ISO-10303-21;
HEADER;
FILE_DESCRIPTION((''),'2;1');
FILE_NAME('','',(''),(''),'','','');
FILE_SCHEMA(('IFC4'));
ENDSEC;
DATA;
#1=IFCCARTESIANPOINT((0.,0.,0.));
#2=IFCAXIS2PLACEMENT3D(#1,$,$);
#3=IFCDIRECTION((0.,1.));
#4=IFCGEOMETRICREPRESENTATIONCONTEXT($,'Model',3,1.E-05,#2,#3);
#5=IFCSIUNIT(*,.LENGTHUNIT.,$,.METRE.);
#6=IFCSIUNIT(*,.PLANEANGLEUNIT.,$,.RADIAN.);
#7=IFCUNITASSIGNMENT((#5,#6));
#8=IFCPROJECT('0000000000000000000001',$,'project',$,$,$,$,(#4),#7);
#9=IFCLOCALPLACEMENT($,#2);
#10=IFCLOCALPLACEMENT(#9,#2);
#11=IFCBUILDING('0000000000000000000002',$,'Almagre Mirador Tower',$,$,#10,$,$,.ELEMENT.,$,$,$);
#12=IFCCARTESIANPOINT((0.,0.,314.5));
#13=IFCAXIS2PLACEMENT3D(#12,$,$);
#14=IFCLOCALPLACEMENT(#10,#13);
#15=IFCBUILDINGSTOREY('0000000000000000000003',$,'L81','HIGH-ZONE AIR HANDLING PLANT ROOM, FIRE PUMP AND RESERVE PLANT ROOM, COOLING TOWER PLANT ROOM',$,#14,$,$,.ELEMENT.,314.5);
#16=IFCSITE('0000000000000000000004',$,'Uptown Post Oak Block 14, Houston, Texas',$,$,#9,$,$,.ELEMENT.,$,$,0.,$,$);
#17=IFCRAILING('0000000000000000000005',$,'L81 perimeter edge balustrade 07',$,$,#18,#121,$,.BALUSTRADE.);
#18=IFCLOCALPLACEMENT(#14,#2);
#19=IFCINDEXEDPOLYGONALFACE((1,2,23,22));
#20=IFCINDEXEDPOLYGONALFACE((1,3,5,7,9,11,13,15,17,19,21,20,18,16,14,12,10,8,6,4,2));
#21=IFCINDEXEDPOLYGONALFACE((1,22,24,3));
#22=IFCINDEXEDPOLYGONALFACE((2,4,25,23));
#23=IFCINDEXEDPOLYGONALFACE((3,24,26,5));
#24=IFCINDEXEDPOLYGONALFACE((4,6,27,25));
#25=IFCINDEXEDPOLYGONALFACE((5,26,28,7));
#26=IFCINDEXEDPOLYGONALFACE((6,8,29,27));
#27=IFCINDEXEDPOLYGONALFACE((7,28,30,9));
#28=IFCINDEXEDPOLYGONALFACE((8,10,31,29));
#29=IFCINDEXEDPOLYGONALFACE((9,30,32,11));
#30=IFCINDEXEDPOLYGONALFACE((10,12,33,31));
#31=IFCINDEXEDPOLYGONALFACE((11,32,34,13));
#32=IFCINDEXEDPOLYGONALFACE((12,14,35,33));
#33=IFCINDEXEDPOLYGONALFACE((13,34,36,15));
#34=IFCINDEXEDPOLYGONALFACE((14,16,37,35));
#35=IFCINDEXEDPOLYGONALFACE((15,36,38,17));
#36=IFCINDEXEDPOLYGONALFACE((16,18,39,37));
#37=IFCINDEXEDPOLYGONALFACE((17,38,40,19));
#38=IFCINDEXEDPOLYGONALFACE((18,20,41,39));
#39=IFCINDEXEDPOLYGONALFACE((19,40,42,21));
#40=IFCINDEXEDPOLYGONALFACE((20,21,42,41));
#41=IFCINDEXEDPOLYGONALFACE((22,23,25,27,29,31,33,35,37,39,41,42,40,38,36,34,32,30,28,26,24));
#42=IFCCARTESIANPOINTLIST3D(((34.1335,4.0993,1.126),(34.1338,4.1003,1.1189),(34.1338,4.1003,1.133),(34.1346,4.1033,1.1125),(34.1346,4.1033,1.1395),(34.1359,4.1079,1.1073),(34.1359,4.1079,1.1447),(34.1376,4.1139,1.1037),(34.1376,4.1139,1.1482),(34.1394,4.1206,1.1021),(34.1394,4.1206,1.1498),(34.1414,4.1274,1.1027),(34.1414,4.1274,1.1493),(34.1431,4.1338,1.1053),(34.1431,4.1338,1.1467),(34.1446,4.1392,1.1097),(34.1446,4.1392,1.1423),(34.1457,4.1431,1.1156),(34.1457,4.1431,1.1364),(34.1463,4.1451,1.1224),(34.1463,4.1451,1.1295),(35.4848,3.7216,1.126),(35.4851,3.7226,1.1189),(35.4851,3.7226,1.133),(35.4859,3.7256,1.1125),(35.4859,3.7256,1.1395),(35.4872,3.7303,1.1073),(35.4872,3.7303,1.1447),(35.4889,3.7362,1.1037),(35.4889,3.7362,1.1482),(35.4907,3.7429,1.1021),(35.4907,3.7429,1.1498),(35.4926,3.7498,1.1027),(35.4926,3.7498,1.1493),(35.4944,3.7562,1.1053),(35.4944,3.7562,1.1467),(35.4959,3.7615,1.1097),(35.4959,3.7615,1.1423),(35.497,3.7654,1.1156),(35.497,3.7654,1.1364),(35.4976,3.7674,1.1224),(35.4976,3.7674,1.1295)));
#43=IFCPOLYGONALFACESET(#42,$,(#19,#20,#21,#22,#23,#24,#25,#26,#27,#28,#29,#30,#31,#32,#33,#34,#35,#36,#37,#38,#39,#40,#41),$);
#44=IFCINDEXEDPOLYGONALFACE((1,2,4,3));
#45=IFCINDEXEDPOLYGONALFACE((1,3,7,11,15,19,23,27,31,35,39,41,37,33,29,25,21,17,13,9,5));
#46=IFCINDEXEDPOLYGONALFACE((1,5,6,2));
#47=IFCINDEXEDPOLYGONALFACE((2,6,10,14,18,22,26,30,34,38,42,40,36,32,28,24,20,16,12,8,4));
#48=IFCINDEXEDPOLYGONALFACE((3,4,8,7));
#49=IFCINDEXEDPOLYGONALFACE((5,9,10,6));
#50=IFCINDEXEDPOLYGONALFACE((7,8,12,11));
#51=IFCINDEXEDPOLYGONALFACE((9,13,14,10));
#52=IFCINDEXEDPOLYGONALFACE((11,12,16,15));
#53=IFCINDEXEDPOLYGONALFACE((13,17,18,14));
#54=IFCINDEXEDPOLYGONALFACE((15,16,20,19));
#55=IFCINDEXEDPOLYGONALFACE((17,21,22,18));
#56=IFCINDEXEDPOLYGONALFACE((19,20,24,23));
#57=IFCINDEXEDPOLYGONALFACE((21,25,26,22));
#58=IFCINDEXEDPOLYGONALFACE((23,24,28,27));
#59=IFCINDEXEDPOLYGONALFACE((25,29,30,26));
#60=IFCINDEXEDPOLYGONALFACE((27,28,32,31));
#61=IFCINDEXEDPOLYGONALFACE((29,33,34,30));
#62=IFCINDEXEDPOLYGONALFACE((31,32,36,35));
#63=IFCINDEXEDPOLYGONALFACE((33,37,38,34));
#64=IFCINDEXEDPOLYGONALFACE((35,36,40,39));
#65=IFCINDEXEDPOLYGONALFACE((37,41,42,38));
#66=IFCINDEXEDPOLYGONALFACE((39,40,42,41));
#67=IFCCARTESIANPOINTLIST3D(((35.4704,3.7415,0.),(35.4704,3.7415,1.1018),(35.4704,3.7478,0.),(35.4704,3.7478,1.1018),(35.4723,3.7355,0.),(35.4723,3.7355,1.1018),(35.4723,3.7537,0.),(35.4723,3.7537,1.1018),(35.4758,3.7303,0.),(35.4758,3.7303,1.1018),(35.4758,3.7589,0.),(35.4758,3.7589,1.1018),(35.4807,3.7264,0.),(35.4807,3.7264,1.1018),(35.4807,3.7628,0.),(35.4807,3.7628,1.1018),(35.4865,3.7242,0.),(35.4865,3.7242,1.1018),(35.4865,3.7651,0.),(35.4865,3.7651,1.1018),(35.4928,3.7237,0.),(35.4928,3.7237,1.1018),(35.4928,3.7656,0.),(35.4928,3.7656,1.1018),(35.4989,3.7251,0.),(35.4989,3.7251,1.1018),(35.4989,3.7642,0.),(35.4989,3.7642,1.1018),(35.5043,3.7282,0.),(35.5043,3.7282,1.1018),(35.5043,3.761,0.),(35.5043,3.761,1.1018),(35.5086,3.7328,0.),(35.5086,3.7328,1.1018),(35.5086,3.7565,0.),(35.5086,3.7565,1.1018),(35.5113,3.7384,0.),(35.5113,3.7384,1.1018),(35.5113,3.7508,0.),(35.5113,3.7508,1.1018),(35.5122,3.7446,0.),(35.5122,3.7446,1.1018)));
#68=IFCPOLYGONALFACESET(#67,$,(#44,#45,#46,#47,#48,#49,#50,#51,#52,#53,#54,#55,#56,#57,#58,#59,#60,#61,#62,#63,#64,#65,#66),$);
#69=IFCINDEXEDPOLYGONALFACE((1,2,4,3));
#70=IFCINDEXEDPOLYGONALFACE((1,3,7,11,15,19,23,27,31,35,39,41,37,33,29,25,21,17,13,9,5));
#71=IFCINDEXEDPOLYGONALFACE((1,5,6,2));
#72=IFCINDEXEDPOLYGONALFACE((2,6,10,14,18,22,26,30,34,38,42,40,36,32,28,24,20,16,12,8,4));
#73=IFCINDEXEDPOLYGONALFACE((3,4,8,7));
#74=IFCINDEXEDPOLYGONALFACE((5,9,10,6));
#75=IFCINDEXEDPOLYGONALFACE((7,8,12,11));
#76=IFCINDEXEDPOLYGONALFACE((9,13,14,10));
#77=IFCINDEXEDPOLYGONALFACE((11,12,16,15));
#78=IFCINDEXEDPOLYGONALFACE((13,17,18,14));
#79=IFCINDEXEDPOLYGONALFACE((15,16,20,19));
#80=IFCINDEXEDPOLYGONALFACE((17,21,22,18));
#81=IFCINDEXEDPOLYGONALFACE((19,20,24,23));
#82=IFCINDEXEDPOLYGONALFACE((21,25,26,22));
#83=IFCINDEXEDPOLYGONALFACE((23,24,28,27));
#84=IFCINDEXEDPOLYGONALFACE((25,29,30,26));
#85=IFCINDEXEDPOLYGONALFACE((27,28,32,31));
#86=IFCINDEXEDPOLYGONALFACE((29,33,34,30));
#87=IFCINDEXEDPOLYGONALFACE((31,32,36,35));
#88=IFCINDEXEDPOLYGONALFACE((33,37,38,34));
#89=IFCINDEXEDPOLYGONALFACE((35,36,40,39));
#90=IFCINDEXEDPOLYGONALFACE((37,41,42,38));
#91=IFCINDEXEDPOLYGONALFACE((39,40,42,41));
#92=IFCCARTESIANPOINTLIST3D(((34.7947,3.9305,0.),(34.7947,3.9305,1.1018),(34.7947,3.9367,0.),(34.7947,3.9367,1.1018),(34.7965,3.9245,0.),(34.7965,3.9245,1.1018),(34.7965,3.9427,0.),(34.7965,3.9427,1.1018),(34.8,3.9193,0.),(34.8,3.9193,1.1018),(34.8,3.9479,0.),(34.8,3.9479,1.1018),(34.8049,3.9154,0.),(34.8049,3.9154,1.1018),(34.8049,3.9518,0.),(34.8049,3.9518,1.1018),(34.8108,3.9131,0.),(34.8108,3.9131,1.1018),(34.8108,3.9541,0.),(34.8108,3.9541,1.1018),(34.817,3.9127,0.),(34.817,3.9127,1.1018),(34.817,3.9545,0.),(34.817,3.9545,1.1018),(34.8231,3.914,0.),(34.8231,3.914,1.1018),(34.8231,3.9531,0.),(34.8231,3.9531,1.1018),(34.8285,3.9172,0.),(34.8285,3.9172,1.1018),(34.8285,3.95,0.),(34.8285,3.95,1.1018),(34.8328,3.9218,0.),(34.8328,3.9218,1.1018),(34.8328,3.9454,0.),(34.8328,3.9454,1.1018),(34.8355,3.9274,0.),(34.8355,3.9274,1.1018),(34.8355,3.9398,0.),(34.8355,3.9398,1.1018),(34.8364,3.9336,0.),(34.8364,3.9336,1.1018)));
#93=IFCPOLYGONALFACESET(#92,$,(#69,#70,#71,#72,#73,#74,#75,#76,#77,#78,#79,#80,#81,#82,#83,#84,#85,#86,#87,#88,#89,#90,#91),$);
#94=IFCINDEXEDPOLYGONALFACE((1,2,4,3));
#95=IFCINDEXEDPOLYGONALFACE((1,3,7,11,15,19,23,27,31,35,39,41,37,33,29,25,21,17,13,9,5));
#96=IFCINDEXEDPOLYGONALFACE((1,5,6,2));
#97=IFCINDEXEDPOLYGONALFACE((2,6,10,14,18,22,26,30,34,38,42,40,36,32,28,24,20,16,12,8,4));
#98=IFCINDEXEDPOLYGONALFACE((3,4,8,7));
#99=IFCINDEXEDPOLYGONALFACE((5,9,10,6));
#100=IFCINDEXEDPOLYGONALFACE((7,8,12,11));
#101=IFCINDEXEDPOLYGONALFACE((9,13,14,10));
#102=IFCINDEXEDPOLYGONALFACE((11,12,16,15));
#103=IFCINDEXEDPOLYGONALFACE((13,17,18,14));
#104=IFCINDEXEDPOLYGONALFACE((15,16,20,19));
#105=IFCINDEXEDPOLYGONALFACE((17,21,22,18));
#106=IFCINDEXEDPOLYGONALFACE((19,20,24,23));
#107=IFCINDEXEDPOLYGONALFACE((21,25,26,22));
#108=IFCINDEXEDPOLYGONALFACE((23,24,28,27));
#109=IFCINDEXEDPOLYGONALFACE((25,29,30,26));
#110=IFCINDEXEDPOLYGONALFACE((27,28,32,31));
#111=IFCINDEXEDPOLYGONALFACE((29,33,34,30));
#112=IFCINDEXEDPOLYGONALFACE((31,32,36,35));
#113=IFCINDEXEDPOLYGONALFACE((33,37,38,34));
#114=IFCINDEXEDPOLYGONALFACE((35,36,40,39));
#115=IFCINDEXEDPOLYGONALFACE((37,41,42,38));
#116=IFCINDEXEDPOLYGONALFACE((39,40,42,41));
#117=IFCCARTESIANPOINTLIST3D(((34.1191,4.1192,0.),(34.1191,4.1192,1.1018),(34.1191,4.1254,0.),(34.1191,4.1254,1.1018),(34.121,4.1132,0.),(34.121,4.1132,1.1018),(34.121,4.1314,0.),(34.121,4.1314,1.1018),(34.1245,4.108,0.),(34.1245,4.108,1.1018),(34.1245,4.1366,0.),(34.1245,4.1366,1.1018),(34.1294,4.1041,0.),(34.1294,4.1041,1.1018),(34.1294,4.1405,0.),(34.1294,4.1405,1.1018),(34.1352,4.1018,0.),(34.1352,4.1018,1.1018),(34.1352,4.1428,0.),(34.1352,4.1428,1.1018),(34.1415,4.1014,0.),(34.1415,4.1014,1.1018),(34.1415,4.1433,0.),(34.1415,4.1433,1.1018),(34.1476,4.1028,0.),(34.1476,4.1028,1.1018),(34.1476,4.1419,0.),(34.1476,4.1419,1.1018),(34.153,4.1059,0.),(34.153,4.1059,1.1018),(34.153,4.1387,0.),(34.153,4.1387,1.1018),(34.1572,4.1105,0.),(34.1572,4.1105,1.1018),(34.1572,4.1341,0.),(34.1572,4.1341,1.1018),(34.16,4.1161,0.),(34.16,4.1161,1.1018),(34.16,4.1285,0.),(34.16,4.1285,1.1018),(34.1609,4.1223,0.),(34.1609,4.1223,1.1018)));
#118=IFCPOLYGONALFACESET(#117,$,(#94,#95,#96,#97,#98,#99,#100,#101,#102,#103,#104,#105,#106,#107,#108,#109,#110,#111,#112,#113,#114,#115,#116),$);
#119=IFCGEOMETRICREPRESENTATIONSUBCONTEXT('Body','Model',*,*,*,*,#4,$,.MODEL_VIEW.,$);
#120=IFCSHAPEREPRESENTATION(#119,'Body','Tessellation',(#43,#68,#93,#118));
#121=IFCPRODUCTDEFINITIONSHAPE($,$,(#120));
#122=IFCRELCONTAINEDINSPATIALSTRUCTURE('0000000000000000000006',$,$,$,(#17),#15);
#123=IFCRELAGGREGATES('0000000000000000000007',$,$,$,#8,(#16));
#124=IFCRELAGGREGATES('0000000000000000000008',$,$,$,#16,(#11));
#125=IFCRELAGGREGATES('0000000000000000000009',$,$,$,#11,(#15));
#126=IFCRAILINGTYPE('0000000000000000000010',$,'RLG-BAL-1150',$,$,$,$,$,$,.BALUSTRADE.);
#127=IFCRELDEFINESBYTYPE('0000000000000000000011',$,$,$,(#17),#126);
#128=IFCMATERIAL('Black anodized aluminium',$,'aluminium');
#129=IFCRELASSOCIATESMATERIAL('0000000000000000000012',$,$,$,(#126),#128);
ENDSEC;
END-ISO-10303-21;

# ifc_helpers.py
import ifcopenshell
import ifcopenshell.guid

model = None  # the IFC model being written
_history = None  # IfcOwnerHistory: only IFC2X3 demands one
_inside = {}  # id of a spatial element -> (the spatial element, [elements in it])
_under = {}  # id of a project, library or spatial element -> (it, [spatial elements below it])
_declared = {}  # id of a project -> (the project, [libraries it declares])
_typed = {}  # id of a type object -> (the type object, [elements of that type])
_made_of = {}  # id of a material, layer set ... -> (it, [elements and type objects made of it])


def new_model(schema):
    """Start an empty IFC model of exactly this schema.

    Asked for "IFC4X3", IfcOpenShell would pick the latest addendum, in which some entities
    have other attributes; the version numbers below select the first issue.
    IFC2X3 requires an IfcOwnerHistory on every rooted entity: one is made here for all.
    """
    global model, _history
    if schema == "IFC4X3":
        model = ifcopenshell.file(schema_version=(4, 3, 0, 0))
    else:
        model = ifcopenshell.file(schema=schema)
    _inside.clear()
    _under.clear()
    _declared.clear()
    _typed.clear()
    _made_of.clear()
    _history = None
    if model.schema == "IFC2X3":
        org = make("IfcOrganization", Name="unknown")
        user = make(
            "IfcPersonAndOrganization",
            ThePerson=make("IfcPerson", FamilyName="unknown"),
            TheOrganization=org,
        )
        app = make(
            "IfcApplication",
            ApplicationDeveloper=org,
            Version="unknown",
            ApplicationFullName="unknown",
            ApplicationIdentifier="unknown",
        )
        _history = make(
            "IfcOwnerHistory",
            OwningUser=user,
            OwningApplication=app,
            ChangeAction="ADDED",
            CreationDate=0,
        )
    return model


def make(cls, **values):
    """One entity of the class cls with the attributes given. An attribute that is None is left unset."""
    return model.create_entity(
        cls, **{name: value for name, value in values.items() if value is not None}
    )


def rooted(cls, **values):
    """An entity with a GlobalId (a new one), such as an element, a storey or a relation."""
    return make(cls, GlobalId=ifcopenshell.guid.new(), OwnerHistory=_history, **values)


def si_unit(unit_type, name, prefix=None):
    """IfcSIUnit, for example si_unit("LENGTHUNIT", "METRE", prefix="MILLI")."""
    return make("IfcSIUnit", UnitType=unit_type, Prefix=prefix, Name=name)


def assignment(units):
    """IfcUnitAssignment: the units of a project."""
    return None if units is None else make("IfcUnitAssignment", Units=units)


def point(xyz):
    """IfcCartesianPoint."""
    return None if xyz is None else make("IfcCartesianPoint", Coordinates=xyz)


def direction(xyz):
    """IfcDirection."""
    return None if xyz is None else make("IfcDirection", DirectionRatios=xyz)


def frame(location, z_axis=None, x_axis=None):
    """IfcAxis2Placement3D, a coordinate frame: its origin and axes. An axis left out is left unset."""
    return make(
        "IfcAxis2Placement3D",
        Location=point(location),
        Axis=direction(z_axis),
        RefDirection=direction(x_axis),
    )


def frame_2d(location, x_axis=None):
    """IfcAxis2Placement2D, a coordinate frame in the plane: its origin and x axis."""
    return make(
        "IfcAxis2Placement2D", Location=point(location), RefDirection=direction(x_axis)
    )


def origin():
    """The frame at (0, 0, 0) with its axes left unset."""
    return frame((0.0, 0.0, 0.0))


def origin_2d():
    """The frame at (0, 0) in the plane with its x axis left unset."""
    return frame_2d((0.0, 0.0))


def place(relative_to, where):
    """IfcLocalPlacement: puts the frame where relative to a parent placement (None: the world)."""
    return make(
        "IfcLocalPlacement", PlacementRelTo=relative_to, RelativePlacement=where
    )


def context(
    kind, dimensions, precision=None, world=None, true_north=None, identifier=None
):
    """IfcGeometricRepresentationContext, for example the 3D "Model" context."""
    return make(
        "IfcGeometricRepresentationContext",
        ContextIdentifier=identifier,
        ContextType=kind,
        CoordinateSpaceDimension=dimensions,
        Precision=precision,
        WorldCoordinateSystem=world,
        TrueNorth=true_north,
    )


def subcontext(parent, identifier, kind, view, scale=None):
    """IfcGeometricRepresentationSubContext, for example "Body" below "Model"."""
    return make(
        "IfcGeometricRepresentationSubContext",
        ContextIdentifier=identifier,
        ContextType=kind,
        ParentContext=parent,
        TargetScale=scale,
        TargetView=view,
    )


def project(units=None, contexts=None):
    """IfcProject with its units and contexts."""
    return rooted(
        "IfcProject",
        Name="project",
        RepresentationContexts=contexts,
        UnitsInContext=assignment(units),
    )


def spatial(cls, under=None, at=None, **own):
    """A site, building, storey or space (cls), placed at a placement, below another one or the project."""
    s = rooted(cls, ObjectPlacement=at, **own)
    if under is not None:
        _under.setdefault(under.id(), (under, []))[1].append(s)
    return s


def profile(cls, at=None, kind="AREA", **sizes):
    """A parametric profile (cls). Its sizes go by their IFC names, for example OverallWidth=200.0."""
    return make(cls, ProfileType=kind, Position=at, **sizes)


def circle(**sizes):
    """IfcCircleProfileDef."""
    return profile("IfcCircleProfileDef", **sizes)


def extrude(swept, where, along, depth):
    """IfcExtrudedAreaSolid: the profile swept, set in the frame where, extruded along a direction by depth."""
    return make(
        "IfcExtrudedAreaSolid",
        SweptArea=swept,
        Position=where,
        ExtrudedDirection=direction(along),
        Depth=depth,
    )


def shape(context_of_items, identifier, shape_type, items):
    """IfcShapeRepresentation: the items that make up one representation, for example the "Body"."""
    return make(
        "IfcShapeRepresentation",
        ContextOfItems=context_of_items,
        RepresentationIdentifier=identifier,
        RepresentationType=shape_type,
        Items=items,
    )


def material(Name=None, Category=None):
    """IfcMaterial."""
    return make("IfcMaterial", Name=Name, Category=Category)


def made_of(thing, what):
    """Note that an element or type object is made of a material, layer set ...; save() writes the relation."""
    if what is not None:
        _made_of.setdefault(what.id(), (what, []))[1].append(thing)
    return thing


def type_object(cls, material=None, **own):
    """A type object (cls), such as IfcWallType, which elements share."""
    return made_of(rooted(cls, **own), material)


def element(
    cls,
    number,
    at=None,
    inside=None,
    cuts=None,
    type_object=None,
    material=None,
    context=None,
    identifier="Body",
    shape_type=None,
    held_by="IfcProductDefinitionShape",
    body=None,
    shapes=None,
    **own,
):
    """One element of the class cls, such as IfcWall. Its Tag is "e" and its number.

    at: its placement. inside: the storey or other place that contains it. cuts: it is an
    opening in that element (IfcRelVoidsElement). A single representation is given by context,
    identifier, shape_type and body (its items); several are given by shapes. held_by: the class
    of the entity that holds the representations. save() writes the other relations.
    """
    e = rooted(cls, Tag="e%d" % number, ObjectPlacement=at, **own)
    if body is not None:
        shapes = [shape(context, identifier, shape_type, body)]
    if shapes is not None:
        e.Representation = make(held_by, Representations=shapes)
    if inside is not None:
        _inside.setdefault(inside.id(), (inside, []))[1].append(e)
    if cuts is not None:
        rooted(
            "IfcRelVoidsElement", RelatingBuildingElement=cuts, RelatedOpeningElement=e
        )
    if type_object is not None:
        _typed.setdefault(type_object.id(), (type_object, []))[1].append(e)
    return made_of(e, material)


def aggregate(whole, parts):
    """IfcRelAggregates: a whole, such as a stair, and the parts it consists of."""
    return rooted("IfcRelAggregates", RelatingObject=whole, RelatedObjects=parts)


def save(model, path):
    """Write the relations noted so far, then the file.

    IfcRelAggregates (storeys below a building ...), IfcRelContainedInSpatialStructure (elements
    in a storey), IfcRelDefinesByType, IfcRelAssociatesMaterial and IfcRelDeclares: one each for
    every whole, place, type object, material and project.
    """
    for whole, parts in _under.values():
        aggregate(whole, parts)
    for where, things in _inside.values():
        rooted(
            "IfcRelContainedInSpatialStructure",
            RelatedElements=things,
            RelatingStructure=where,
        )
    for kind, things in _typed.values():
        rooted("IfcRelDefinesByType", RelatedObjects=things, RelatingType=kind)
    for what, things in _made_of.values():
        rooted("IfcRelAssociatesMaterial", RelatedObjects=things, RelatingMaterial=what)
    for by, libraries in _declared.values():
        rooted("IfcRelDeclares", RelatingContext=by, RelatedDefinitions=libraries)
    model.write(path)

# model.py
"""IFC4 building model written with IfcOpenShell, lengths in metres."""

from ifc_helpers import new_model, si_unit, direction, frame, origin, origin_2d, place, context, subcontext, project, spatial, circle, extrude, material, type_object, element, save


model = new_model("IFC4")

# Units and contexts
model_context = context("Model", 3, precision=1e-05, world=origin(), true_north=direction((0.0, 1.0)))
body_context = subcontext(model_context, "Body", "Model", "MODEL_VIEW")
ifc_project = project(units=[si_unit("LENGTHUNIT", "METRE"), si_unit("PLANEANGLEUNIT", "RADIAN")], contexts=[model_context])

# Site, building, storey
site_placement = place(None, origin())
site = spatial("IfcSite", under=ifc_project, at=site_placement, Name="Uptown Post Oak Block 14, Houston, Texas", CompositionType="ELEMENT", RefElevation=0.0)
building_placement = place(site_placement, origin())
building = spatial("IfcBuilding", under=site, at=building_placement, Name="Almagre Mirador Tower", CompositionType="ELEMENT")
storey_placement = place(building_placement, frame((0.0, 0.0, 314.5)))
storey = spatial("IfcBuildingStorey", under=building, at=storey_placement, Name="L81", Description="HIGH-ZONE AIR HANDLING PLANT ROOM, FIRE PUMP AND RESERVE PLANT ROOM, COOLING TOWER PLANT ROOM", CompositionType="ELEMENT", Elevation=314.5)

# Railing
ifc_material_1 = material(Name="Black anodized aluminium", Category="aluminium")
railing_type = type_object("IfcRailingType", Name="RLG-BAL-1150", PredefinedType="BALUSTRADE", material=ifc_material_1)
railing_placement = place(storey_placement, frame((35.4912, 3.7446, 0.0)))
element("IfcRailing", 1, at=railing_placement, inside=storey, type_object=railing_type, Name="L81 perimeter edge balustrade 07", PredefinedType="BALUSTRADE", context=body_context, shape_type="SweptSolid", body=[
    extrude(circle(Radius=0.0239, at=origin_2d()), frame((0.0, 0.0, 1.126), z_axis=(-0.96309, 0.269178, 0.0), x_axis=(-0.269178, -0.96309, 0.0)), (0.0, 0.0, 1.0), 1.4031),
    extrude(circle(Radius=0.021, at=origin_2d()), origin(), (0.0, 0.0, 1.0), 1.1018),
    extrude(circle(Radius=0.021, at=origin_2d()), frame((-0.6758, 0.189, 0.0)), (0.0, 0.0, 1.0), 1.1018),
    extrude(circle(Radius=0.021, at=origin_2d()), frame((-1.3513, 0.3777, 0.0)), (0.0, 0.0, 1.0), 1.1018),
])

save(model, "model.ifc")
